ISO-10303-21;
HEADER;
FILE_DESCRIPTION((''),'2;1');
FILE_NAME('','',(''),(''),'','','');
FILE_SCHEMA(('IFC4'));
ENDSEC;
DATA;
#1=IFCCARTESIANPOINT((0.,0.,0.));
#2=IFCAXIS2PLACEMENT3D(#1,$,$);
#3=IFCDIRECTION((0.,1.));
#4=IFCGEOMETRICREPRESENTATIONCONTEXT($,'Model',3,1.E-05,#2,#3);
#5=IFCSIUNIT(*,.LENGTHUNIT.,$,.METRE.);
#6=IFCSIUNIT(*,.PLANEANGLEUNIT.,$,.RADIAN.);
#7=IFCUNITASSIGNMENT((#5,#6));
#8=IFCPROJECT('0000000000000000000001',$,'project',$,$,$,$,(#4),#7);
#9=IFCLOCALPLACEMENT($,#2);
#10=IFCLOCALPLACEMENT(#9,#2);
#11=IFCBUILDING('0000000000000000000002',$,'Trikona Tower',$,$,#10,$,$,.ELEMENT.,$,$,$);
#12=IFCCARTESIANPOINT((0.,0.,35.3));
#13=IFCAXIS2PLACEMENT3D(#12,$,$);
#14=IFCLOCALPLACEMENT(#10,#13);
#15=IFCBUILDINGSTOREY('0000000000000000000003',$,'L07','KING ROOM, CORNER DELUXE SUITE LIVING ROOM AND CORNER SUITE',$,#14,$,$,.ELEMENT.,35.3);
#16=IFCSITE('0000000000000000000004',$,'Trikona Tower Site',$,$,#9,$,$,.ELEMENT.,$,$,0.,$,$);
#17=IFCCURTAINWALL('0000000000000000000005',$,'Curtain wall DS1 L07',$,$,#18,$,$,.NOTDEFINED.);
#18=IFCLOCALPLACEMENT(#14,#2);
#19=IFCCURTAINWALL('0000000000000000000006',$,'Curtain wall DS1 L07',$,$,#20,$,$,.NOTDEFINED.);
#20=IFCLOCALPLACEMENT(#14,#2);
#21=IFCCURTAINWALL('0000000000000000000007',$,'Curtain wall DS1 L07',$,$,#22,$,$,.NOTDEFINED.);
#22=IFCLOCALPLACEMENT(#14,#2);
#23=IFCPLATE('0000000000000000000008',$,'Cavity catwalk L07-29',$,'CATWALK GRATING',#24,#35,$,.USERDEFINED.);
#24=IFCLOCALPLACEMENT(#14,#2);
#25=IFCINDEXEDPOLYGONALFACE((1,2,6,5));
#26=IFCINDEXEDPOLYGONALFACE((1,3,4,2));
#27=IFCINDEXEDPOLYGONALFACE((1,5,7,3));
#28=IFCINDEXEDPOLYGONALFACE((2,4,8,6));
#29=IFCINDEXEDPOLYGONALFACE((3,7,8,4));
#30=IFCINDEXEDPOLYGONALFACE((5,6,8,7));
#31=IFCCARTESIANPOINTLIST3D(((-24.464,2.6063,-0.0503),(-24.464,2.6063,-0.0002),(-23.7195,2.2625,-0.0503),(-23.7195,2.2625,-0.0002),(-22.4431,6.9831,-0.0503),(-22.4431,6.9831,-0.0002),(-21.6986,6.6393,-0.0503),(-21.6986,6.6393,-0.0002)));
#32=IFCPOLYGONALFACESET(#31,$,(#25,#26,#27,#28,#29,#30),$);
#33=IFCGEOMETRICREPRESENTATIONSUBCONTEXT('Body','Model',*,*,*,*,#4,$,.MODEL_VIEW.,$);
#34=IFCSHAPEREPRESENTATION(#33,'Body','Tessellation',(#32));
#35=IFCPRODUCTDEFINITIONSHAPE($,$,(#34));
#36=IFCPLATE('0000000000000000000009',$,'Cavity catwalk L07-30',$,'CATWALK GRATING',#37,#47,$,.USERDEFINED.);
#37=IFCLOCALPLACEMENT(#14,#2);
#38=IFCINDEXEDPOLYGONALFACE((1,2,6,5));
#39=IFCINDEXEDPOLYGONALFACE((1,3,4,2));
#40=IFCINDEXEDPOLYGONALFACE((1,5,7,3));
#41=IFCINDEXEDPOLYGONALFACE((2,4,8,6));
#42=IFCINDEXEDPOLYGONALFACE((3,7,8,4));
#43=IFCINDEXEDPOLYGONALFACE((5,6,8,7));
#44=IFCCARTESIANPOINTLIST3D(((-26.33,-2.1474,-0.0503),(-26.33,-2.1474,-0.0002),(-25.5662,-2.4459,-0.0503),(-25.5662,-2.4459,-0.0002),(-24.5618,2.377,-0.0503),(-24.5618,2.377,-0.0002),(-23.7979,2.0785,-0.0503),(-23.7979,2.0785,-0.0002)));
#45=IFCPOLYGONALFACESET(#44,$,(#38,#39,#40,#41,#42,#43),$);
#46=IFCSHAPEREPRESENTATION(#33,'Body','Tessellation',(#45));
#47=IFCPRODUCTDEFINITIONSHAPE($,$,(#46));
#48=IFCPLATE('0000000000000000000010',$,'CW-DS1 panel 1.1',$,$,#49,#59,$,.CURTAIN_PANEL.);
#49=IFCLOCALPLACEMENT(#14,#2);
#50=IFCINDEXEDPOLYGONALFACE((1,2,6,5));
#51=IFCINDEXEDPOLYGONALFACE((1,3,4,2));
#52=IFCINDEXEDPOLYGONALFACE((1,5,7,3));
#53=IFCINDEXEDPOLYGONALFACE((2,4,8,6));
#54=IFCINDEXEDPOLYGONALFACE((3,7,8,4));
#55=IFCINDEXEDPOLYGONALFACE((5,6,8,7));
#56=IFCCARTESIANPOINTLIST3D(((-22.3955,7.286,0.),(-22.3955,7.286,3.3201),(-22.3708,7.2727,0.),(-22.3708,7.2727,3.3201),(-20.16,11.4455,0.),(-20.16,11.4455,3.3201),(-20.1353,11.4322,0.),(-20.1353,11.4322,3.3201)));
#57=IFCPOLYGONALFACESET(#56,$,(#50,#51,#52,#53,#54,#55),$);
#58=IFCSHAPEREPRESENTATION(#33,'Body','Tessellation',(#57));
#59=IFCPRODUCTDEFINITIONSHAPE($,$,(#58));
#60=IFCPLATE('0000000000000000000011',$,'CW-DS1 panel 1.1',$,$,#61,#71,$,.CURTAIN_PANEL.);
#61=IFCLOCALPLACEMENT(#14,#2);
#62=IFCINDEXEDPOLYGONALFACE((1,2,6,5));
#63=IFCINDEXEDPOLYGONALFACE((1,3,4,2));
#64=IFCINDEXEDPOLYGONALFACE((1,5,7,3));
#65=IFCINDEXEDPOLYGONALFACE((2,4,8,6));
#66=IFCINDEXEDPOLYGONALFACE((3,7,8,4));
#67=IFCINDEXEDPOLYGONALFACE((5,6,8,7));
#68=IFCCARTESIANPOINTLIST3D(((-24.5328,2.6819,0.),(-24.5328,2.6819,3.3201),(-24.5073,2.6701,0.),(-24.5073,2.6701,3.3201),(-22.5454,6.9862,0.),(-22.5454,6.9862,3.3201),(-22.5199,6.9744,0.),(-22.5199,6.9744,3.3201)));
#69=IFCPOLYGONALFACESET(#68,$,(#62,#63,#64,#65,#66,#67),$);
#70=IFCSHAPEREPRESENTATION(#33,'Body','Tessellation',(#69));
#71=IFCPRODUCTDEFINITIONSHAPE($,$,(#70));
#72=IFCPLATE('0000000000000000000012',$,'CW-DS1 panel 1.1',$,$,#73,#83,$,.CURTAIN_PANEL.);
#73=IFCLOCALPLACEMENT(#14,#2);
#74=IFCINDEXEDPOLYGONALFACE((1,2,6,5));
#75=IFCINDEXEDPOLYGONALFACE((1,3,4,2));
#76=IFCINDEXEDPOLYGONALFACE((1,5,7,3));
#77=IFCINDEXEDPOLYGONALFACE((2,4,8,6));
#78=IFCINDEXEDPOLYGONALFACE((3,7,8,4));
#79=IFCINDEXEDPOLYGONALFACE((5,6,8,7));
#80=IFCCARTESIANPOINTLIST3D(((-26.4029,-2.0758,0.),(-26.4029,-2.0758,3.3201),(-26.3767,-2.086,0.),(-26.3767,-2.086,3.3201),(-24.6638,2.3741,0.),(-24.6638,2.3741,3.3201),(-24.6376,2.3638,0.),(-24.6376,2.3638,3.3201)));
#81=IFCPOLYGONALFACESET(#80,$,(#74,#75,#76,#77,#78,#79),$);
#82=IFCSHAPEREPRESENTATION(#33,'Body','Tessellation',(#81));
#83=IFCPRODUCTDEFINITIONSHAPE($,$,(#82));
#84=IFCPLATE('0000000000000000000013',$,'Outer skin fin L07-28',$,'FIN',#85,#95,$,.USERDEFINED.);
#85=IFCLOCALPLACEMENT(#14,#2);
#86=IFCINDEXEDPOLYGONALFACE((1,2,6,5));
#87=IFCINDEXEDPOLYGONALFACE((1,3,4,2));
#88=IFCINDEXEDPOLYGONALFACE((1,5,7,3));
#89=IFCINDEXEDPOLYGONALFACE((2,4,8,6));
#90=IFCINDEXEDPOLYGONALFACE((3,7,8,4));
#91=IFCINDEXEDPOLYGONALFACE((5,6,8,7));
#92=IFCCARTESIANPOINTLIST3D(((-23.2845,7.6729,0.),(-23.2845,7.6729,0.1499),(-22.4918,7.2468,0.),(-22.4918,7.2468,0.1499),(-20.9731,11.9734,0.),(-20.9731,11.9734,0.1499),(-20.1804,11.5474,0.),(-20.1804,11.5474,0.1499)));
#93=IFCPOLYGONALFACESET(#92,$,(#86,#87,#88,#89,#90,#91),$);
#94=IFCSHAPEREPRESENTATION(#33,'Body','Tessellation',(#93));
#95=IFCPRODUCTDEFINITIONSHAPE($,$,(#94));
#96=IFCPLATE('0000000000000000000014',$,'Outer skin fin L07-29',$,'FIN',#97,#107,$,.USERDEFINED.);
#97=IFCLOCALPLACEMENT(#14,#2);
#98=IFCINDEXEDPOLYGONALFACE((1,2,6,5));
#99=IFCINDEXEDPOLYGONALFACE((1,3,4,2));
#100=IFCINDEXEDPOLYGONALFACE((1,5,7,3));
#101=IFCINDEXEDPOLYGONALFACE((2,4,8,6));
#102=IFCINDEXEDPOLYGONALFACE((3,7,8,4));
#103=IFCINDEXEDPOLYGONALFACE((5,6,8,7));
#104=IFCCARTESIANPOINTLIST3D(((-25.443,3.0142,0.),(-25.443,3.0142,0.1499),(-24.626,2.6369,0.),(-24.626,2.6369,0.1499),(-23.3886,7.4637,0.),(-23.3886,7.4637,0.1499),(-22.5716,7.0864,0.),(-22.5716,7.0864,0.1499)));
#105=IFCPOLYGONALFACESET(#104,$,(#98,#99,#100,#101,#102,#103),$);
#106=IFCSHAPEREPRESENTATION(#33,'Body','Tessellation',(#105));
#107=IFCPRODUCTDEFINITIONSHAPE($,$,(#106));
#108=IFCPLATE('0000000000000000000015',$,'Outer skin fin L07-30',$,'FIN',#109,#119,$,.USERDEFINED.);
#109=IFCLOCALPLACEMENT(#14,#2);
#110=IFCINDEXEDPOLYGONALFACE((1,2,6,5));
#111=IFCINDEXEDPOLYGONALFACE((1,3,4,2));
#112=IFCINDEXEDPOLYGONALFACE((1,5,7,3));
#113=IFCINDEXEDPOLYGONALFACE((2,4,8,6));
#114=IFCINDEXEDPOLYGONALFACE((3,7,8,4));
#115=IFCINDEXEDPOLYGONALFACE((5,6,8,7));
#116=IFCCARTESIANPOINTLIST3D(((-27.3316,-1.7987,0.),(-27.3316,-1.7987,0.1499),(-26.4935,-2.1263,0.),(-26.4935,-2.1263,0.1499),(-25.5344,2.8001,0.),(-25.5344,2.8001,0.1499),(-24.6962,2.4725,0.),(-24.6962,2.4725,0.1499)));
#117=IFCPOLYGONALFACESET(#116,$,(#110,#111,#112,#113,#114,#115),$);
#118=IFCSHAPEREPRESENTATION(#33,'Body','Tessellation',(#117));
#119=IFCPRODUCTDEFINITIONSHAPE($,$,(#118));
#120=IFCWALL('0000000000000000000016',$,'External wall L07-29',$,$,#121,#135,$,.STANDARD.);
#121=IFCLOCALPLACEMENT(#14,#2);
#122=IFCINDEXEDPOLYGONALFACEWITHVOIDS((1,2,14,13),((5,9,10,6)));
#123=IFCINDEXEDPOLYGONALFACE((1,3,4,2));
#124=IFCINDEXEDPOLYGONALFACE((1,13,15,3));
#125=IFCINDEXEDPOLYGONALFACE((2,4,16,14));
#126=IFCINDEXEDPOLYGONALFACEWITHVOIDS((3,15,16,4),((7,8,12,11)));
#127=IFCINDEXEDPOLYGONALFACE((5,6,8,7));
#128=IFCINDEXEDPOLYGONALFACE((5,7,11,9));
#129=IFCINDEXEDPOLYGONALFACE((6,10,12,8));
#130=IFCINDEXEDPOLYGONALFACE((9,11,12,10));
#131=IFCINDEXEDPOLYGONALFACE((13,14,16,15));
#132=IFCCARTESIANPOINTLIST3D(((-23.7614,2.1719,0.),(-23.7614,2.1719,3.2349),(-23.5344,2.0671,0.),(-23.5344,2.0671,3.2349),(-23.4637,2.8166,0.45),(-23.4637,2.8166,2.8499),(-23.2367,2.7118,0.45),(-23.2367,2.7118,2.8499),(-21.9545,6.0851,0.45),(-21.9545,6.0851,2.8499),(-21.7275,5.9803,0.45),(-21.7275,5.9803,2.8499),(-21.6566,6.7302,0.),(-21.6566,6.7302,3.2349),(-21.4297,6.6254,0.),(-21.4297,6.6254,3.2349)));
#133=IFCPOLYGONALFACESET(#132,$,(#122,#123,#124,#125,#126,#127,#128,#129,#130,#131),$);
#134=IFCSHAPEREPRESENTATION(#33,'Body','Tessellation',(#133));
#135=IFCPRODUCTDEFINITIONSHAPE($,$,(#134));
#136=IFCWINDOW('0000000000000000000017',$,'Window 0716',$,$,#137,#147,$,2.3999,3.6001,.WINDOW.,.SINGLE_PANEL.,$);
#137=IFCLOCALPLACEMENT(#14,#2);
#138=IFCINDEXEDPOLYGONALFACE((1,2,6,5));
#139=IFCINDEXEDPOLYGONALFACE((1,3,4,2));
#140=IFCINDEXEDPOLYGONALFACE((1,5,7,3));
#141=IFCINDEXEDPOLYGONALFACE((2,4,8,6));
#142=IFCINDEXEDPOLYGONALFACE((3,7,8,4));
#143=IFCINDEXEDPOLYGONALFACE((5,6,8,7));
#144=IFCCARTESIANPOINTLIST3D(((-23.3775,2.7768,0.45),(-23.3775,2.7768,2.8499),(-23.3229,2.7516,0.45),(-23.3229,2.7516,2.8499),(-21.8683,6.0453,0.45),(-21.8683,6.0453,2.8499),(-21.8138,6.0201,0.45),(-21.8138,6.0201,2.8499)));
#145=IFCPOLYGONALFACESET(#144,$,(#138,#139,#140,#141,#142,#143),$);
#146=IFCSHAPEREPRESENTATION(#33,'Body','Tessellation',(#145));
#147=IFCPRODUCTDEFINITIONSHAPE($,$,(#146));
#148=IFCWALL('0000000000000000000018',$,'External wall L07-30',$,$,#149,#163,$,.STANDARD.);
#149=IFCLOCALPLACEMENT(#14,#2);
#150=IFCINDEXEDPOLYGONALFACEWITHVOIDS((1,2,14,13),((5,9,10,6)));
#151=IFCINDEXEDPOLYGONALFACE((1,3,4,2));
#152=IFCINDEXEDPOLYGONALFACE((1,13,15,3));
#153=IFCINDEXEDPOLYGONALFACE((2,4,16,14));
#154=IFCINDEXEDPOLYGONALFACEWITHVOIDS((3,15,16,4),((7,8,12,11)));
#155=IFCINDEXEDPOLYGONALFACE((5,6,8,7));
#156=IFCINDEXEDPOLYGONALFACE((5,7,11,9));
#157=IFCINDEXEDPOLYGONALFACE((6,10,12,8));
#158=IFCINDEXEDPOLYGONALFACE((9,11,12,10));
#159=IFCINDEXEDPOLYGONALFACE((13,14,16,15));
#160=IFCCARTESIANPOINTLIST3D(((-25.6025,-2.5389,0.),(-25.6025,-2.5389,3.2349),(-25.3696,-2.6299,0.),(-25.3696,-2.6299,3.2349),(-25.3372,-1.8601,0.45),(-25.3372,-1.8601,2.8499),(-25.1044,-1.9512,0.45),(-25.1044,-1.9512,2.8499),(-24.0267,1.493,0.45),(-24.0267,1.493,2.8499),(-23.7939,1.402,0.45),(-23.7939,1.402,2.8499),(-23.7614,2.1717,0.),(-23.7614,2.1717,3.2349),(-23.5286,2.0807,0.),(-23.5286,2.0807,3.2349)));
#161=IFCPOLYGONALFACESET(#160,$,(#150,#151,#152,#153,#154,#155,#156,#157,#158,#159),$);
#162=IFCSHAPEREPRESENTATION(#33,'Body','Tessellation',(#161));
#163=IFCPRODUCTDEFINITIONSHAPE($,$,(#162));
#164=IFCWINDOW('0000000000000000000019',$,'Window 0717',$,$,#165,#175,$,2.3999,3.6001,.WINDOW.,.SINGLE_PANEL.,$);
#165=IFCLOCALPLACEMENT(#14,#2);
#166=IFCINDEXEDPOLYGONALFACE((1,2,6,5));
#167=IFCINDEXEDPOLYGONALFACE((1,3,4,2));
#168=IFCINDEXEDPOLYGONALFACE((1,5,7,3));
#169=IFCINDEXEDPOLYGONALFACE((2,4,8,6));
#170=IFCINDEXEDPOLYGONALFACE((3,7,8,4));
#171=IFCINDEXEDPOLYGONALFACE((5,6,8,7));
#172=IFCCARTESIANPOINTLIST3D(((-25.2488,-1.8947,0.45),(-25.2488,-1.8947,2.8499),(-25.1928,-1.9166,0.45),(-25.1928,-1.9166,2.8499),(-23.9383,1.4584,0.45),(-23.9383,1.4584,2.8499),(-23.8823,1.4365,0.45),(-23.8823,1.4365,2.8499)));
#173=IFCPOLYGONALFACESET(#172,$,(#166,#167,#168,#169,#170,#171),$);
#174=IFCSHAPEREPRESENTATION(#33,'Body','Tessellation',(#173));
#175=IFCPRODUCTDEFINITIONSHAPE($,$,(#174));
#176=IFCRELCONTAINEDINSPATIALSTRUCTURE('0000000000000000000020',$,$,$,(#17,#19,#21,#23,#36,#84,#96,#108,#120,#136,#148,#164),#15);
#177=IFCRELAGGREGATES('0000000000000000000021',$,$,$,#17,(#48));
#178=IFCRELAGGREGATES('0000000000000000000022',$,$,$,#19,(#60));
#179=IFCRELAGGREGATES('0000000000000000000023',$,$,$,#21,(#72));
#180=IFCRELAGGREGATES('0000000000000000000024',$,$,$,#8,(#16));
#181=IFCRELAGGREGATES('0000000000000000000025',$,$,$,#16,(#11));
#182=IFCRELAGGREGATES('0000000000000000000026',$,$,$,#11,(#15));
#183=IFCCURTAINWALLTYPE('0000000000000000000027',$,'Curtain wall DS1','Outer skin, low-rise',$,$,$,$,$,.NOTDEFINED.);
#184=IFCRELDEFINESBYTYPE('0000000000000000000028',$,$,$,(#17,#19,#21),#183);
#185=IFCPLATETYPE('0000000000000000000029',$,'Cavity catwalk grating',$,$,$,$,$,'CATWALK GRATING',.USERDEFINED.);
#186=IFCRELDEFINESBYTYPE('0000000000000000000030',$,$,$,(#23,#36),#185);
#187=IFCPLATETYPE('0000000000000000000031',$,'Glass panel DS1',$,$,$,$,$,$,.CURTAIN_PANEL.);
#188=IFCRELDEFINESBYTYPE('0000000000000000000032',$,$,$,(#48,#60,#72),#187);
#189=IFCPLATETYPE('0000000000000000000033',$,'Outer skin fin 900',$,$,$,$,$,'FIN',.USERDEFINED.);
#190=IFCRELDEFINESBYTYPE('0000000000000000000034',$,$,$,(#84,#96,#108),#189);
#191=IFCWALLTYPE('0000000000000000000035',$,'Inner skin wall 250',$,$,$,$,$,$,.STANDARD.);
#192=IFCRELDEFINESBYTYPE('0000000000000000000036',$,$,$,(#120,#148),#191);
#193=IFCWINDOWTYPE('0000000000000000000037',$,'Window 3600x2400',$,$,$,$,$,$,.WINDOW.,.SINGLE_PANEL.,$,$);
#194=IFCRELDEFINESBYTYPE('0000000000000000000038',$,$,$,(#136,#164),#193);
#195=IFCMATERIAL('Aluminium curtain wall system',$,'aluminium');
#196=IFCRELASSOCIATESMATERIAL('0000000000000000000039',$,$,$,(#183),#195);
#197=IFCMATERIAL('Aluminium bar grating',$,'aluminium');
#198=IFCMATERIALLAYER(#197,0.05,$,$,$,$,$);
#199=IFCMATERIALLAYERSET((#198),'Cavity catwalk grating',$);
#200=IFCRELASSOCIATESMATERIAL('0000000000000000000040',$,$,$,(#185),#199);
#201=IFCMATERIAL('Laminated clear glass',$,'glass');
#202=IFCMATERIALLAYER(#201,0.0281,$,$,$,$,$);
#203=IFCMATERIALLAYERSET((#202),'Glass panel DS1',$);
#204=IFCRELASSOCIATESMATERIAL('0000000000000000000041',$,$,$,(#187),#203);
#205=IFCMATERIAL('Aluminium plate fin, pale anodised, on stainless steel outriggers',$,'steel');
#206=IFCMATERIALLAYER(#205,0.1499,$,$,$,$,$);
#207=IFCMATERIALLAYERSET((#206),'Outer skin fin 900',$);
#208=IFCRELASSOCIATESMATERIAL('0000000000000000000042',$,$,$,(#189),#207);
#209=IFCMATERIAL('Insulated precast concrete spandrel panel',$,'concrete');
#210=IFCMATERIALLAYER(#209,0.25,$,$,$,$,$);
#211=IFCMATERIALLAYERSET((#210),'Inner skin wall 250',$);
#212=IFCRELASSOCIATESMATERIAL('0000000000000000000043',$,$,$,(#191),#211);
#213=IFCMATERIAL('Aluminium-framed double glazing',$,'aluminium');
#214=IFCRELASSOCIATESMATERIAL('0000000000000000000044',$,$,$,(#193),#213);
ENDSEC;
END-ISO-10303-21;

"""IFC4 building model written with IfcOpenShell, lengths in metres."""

from ifc_helpers import new_model, si_unit, direction, frame, frame_2d, origin, origin_2d, place, context, subcontext, project, spatial, rectangle, extrude, material, layer, layer_set, type_object, element, fill, aggregate, save


model = new_model("IFC4")

# Units and contexts
model_context = context("Model", 3, precision=1e-05, world=origin(), true_north=direction((0.0, 1.0)))
body_context = subcontext(model_context, "Body", "Model", "MODEL_VIEW")
ifc_project = project(units=[si_unit("LENGTHUNIT", "METRE"), si_unit("PLANEANGLEUNIT", "RADIAN")], contexts=[model_context])

# Site, building, storey
site_placement = place(None, origin())
site = spatial("IfcSite", under=ifc_project, at=site_placement, Name="Trikona Tower Site", CompositionType="ELEMENT", RefElevation=0.0)
building_placement = place(site_placement, origin())
building = spatial("IfcBuilding", under=site, at=building_placement, Name="Trikona Tower", CompositionType="ELEMENT")
storey_placement = place(building_placement, frame((0.0, 0.0, 35.3)))
storey = spatial("IfcBuildingStorey", under=building, at=storey_placement, Name="L07", Description="KING ROOM, CORNER DELUXE SUITE LIVING ROOM AND CORNER SUITE", CompositionType="ELEMENT", Elevation=35.3)

# Shared definitions
ifc_material_1 = material(Name="Aluminium curtain wall system", Category="aluminium")
curtain_wall_type = type_object("IfcCurtainWallType", Name="Curtain wall DS1", Description="Outer skin, low-rise", PredefinedType="NOTDEFINED", material=ifc_material_1)

# Curtain walls
curtain_wall_1_placement = place(storey_placement, origin())
curtain_wall_1 = element("IfcCurtainWall", 1, at=curtain_wall_1_placement, inside=storey, type_object=curtain_wall_type, Name="Curtain wall DS1 L07", PredefinedType="NOTDEFINED")
curtain_wall_2_placement = place(storey_placement, origin())
curtain_wall_2 = element("IfcCurtainWall", 2, at=curtain_wall_2_placement, inside=storey, type_object=curtain_wall_type, Name="Curtain wall DS1 L07", PredefinedType="NOTDEFINED")

# Curtain wall
curtain_wall_3_placement = place(storey_placement, origin())
curtain_wall_3 = element("IfcCurtainWall", 3, at=curtain_wall_3_placement, inside=storey, type_object=curtain_wall_type, Name="Curtain wall DS1 L07", PredefinedType="NOTDEFINED")

# Plates
ifc_material_2 = material(Name="Aluminium bar grating", Category="aluminium")
ifc_layer_1 = layer(ifc_material_2, 0.05)
ifc_layer_set_1 = layer_set([ifc_layer_1], Name="Cavity catwalk grating")
plate_type_1 = type_object("IfcPlateType", Name="Cavity catwalk grating", ElementType="CATWALK GRATING", PredefinedType="USERDEFINED", material=ifc_layer_set_1)
plate_1_placement = place(storey_placement, frame((-23.0813, 4.6228, -0.0503), z_axis=(0.0, 0.0, 1.0), x_axis=(-0.419194, -0.907897, 0.0)))
element("IfcPlate", 4, at=plate_1_placement, inside=storey, type_object=plate_type_1, Name="Cavity catwalk L07-29", ObjectType="CATWALK GRATING", PredefinedType="USERDEFINED", context=body_context, shape_type="SweptSolid", body=[
    extrude(rectangle(XDim=4.8208, YDim=0.8201, at=origin_2d()), origin(), (0.0, 0.0, 1.0), 0.05),
])
plate_2_placement = place(storey_placement, frame((-25.064, -0.0344, -0.0503), z_axis=(0.0, 0.0, 1.0), x_axis=(-0.364009, -0.931395, 0.0)))
element("IfcPlate", 5, at=plate_2_placement, inside=storey, type_object=plate_type_1, Name="Cavity catwalk L07-30", ObjectType="CATWALK GRATING", PredefinedType="USERDEFINED", context=body_context, shape_type="SweptSolid", body=[
    extrude(rectangle(XDim=4.8577, YDim=0.8201, at=origin_2d()), origin(), (0.0, 0.0, 1.0), 0.05),
])

# Plates
ifc_material_3 = material(Name="Laminated clear glass", Category="glass")
ifc_layer_2 = layer(ifc_material_3, 0.0281)
ifc_layer_set_2 = layer_set([ifc_layer_2], Name="Glass panel DS1")
plate_type_2 = type_object("IfcPlateType", Name="Glass panel DS1", PredefinedType="CURTAIN_PANEL", material=ifc_layer_set_2)
plate_3_placement = place(storey_placement, frame((-21.2654, 9.3591, 0.0), z_axis=(0.0, 0.0, 1.0), x_axis=(-0.473408, -0.880843, 0.0)))
plate_3 = element("IfcPlate", 6, at=plate_3_placement, type_object=plate_type_2, Name="CW-DS1 panel 1.1", PredefinedType="CURTAIN_PANEL", context=body_context, shape_type="SweptSolid", body=[
    extrude(rectangle(XDim=4.7222, YDim=0.0281, at=origin_2d()), origin(), (0.0, 0.0, 1.0), 3.3201),
])
aggregate(curtain_wall_1, [plate_3])
plate_4_placement = place(storey_placement, frame((-23.5264, 4.8281, 0.0), z_axis=(0.0, 0.0, 1.0), x_axis=(-0.41919, -0.907898, 0.0)))
plate_4 = element("IfcPlate", 7, at=plate_4_placement, type_object=plate_type_2, Name="CW-DS1 panel 1.1", PredefinedType="CURTAIN_PANEL", context=body_context, shape_type="SweptSolid", body=[
    extrude(rectangle(XDim=4.741, YDim=0.0281, at=origin_2d()), origin(), (0.0, 0.0, 1.0), 3.3201),
])
aggregate(curtain_wall_2, [plate_4])
plate_5_placement = place(storey_placement, frame((-25.5203, 0.144, 0.0), z_axis=(0.0, 0.0, 1.0), x_axis=(-0.364008, -0.931396, 0.0)))
plate_5 = element("IfcPlate", 8, at=plate_5_placement, type_object=plate_type_2, Name="CW-DS1 panel 1.1", PredefinedType="CURTAIN_PANEL", context=body_context, shape_type="SweptSolid", body=[
    extrude(rectangle(XDim=4.7776, YDim=0.0281, at=origin_2d()), origin(), (0.0, 0.0, 1.0), 3.3201),
])
aggregate(curtain_wall_3, [plate_5])

# Plates
ifc_material_4 = material(Name="Aluminium plate fin, pale anodised, on stainless steel outriggers", Category="steel")
ifc_layer_3 = layer(ifc_material_4, 0.1499)
ifc_layer_set_3 = layer_set([ifc_layer_3], Name="Outer skin fin 900")
plate_type_3 = type_object("IfcPlateType", Name="Outer skin fin 900", ElementType="FIN", PredefinedType="USERDEFINED", material=ifc_layer_set_3)
plate_6_placement = place(storey_placement, frame((-21.7324, 9.6101, 0.0), z_axis=(0.0, 0.0, 1.0), x_axis=(-0.473423, -0.880835, 0.0)))
element("IfcPlate", 9, at=plate_6_placement, inside=storey, type_object=plate_type_3, Name="Outer skin fin L07-28", ObjectType="FIN", PredefinedType="USERDEFINED", context=body_context, shape_type="SweptSolid", body=[
    extrude(rectangle(XDim=4.8823, YDim=0.8999, at=origin_2d()), origin(), (0.0, 0.0, 1.0), 0.1499),
])
plate_7_placement = place(storey_placement, frame((-24.0073, 5.0503, 0.0), z_axis=(0.0, 0.0, 1.0), x_axis=(-0.419194, -0.907897, 0.0)))
element("IfcPlate", 10, at=plate_7_placement, inside=storey, type_object=plate_type_3, Name="Outer skin fin L07-29", ObjectType="FIN", PredefinedType="USERDEFINED", context=body_context, shape_type="SweptSolid", body=[
    extrude(rectangle(XDim=4.9009, YDim=0.8999, at=origin_2d()), origin(), (0.0, 0.0, 1.0), 0.1499),
])
plate_8_placement = place(storey_placement, frame((-26.0139, 0.3369, 0.0), z_axis=(0.0, 0.0, 1.0), x_axis=(-0.364009, -0.931395, 0.0)))
element("IfcPlate", 11, at=plate_8_placement, inside=storey, type_object=plate_type_3, Name="Outer skin fin L07-30", ObjectType="FIN", PredefinedType="USERDEFINED", context=body_context, shape_type="SweptSolid", body=[
    extrude(rectangle(XDim=4.9375, YDim=0.8999, at=origin_2d()), origin(), (0.0, 0.0, 1.0), 0.1499),
])

# Walls, openings, windows
ifc_material_5 = material(Name="Insulated precast concrete spandrel panel", Category="concrete")
ifc_layer_4 = layer(ifc_material_5, 0.25)
ifc_layer_set_4 = layer_set([ifc_layer_4], Name="Inner skin wall 250")
wall_type = type_object("IfcWallType", Name="Inner skin wall 250", PredefinedType="STANDARD", material=ifc_layer_set_4)
wall_1_placement = place(storey_placement, frame((-21.5432, 6.6777, 0.0), z_axis=(0.0, 0.0, 1.0), x_axis=(-0.419203, -0.907892, 0.0)))
wall_1 = element("IfcWall", 12, at=wall_1_placement, inside=storey, type_object=wall_type, Name="External wall L07-29", PredefinedType="STANDARD", context=body_context, shape_type="SweptSolid", body=[
    extrude(rectangle(XDim=5.0208, YDim=0.25, at=frame_2d((2.5103, 0.0))), origin(), (0.0, 0.0, 1.0), 3.2349),
])
opening_1_placement = place(wall_1_placement, frame((0.7104, 0.0, 0.45)))
opening_1 = element("IfcOpeningElement", 13, at=opening_1_placement, cuts=wall_1, PredefinedType="OPENING", context=body_context, shape_type="SweptSolid", body=[
    extrude(rectangle(XDim=3.6001, YDim=2.3999, at=frame_2d((1.8, 1.2))), frame((0.0, 0.135, 0.0), z_axis=(0.0, -1.0, 0.0), x_axis=(1.0, 0.0, 0.0)), (0.0, 0.0, 1.0), 0.27),
])
ifc_material_6 = material(Name="Aluminium-framed double glazing", Category="aluminium")
window_type = type_object("IfcWindowType", Name="Window 3600x2400", PartitioningType="SINGLE_PANEL", PredefinedType="WINDOW", material=ifc_material_6)
window_1_placement = place(opening_1_placement, origin())
window_1 = element("IfcWindow", 14, at=window_1_placement, inside=storey, type_object=window_type, Name="Window 0716", OverallHeight=2.3999, OverallWidth=3.6001, PartitioningType="SINGLE_PANEL", PredefinedType="WINDOW", context=body_context, shape_type="SweptSolid", body=[
    extrude(rectangle(XDim=3.6001, YDim=2.3999, at=frame_2d((1.8, 1.2))), frame((0.0, 0.03, 0.0), z_axis=(0.0, -1.0, 0.0), x_axis=(1.0, 0.0, 0.0)), (0.0, 0.0, 1.0), 0.0601),
])
fill(opening_1, window_1)
wall_2_placement = place(storey_placement, frame((-23.645, 2.1262, 0.0), z_axis=(0.0, 0.0, 1.0), x_axis=(-0.364013, -0.931394, 0.0)))
wall_2 = element("IfcWall", 15, at=wall_2_placement, inside=storey, type_object=wall_type, Name="External wall L07-30", PredefinedType="STANDARD", context=body_context, shape_type="SweptSolid", body=[
    extrude(rectangle(XDim=5.0576, YDim=0.25, at=frame_2d((2.5288, 0.0))), origin(), (0.0, 0.0, 1.0), 3.2349),
])
opening_2_placement = place(wall_2_placement, frame((0.7288, 0.0, 0.45)))
opening_2 = element("IfcOpeningElement", 16, at=opening_2_placement, cuts=wall_2, PredefinedType="OPENING", context=body_context, shape_type="SweptSolid", body=[
    extrude(rectangle(XDim=3.6001, YDim=2.3999, at=frame_2d((1.8, 1.2))), frame((0.0, 0.135, 0.0), z_axis=(0.0, -1.0, 0.0), x_axis=(1.0, 0.0, 0.0)), (0.0, 0.0, 1.0), 0.27),
])
window_2_placement = place(opening_2_placement, origin())
window_2 = element("IfcWindow", 17, at=window_2_placement, inside=storey, type_object=window_type, Name="Window 0717", OverallHeight=2.3999, OverallWidth=3.6001, PartitioningType="SINGLE_PANEL", PredefinedType="WINDOW", context=body_context, shape_type="SweptSolid", body=[
    extrude(rectangle(XDim=3.6001, YDim=2.3999, at=frame_2d((1.8, 1.2))), frame((0.0, 0.03, 0.0), z_axis=(0.0, -1.0, 0.0), x_axis=(1.0, 0.0, 0.0)), (0.0, 0.0, 1.0), 0.0601),
])
fill(opening_2, window_2)

save(model, "model.ifc")
